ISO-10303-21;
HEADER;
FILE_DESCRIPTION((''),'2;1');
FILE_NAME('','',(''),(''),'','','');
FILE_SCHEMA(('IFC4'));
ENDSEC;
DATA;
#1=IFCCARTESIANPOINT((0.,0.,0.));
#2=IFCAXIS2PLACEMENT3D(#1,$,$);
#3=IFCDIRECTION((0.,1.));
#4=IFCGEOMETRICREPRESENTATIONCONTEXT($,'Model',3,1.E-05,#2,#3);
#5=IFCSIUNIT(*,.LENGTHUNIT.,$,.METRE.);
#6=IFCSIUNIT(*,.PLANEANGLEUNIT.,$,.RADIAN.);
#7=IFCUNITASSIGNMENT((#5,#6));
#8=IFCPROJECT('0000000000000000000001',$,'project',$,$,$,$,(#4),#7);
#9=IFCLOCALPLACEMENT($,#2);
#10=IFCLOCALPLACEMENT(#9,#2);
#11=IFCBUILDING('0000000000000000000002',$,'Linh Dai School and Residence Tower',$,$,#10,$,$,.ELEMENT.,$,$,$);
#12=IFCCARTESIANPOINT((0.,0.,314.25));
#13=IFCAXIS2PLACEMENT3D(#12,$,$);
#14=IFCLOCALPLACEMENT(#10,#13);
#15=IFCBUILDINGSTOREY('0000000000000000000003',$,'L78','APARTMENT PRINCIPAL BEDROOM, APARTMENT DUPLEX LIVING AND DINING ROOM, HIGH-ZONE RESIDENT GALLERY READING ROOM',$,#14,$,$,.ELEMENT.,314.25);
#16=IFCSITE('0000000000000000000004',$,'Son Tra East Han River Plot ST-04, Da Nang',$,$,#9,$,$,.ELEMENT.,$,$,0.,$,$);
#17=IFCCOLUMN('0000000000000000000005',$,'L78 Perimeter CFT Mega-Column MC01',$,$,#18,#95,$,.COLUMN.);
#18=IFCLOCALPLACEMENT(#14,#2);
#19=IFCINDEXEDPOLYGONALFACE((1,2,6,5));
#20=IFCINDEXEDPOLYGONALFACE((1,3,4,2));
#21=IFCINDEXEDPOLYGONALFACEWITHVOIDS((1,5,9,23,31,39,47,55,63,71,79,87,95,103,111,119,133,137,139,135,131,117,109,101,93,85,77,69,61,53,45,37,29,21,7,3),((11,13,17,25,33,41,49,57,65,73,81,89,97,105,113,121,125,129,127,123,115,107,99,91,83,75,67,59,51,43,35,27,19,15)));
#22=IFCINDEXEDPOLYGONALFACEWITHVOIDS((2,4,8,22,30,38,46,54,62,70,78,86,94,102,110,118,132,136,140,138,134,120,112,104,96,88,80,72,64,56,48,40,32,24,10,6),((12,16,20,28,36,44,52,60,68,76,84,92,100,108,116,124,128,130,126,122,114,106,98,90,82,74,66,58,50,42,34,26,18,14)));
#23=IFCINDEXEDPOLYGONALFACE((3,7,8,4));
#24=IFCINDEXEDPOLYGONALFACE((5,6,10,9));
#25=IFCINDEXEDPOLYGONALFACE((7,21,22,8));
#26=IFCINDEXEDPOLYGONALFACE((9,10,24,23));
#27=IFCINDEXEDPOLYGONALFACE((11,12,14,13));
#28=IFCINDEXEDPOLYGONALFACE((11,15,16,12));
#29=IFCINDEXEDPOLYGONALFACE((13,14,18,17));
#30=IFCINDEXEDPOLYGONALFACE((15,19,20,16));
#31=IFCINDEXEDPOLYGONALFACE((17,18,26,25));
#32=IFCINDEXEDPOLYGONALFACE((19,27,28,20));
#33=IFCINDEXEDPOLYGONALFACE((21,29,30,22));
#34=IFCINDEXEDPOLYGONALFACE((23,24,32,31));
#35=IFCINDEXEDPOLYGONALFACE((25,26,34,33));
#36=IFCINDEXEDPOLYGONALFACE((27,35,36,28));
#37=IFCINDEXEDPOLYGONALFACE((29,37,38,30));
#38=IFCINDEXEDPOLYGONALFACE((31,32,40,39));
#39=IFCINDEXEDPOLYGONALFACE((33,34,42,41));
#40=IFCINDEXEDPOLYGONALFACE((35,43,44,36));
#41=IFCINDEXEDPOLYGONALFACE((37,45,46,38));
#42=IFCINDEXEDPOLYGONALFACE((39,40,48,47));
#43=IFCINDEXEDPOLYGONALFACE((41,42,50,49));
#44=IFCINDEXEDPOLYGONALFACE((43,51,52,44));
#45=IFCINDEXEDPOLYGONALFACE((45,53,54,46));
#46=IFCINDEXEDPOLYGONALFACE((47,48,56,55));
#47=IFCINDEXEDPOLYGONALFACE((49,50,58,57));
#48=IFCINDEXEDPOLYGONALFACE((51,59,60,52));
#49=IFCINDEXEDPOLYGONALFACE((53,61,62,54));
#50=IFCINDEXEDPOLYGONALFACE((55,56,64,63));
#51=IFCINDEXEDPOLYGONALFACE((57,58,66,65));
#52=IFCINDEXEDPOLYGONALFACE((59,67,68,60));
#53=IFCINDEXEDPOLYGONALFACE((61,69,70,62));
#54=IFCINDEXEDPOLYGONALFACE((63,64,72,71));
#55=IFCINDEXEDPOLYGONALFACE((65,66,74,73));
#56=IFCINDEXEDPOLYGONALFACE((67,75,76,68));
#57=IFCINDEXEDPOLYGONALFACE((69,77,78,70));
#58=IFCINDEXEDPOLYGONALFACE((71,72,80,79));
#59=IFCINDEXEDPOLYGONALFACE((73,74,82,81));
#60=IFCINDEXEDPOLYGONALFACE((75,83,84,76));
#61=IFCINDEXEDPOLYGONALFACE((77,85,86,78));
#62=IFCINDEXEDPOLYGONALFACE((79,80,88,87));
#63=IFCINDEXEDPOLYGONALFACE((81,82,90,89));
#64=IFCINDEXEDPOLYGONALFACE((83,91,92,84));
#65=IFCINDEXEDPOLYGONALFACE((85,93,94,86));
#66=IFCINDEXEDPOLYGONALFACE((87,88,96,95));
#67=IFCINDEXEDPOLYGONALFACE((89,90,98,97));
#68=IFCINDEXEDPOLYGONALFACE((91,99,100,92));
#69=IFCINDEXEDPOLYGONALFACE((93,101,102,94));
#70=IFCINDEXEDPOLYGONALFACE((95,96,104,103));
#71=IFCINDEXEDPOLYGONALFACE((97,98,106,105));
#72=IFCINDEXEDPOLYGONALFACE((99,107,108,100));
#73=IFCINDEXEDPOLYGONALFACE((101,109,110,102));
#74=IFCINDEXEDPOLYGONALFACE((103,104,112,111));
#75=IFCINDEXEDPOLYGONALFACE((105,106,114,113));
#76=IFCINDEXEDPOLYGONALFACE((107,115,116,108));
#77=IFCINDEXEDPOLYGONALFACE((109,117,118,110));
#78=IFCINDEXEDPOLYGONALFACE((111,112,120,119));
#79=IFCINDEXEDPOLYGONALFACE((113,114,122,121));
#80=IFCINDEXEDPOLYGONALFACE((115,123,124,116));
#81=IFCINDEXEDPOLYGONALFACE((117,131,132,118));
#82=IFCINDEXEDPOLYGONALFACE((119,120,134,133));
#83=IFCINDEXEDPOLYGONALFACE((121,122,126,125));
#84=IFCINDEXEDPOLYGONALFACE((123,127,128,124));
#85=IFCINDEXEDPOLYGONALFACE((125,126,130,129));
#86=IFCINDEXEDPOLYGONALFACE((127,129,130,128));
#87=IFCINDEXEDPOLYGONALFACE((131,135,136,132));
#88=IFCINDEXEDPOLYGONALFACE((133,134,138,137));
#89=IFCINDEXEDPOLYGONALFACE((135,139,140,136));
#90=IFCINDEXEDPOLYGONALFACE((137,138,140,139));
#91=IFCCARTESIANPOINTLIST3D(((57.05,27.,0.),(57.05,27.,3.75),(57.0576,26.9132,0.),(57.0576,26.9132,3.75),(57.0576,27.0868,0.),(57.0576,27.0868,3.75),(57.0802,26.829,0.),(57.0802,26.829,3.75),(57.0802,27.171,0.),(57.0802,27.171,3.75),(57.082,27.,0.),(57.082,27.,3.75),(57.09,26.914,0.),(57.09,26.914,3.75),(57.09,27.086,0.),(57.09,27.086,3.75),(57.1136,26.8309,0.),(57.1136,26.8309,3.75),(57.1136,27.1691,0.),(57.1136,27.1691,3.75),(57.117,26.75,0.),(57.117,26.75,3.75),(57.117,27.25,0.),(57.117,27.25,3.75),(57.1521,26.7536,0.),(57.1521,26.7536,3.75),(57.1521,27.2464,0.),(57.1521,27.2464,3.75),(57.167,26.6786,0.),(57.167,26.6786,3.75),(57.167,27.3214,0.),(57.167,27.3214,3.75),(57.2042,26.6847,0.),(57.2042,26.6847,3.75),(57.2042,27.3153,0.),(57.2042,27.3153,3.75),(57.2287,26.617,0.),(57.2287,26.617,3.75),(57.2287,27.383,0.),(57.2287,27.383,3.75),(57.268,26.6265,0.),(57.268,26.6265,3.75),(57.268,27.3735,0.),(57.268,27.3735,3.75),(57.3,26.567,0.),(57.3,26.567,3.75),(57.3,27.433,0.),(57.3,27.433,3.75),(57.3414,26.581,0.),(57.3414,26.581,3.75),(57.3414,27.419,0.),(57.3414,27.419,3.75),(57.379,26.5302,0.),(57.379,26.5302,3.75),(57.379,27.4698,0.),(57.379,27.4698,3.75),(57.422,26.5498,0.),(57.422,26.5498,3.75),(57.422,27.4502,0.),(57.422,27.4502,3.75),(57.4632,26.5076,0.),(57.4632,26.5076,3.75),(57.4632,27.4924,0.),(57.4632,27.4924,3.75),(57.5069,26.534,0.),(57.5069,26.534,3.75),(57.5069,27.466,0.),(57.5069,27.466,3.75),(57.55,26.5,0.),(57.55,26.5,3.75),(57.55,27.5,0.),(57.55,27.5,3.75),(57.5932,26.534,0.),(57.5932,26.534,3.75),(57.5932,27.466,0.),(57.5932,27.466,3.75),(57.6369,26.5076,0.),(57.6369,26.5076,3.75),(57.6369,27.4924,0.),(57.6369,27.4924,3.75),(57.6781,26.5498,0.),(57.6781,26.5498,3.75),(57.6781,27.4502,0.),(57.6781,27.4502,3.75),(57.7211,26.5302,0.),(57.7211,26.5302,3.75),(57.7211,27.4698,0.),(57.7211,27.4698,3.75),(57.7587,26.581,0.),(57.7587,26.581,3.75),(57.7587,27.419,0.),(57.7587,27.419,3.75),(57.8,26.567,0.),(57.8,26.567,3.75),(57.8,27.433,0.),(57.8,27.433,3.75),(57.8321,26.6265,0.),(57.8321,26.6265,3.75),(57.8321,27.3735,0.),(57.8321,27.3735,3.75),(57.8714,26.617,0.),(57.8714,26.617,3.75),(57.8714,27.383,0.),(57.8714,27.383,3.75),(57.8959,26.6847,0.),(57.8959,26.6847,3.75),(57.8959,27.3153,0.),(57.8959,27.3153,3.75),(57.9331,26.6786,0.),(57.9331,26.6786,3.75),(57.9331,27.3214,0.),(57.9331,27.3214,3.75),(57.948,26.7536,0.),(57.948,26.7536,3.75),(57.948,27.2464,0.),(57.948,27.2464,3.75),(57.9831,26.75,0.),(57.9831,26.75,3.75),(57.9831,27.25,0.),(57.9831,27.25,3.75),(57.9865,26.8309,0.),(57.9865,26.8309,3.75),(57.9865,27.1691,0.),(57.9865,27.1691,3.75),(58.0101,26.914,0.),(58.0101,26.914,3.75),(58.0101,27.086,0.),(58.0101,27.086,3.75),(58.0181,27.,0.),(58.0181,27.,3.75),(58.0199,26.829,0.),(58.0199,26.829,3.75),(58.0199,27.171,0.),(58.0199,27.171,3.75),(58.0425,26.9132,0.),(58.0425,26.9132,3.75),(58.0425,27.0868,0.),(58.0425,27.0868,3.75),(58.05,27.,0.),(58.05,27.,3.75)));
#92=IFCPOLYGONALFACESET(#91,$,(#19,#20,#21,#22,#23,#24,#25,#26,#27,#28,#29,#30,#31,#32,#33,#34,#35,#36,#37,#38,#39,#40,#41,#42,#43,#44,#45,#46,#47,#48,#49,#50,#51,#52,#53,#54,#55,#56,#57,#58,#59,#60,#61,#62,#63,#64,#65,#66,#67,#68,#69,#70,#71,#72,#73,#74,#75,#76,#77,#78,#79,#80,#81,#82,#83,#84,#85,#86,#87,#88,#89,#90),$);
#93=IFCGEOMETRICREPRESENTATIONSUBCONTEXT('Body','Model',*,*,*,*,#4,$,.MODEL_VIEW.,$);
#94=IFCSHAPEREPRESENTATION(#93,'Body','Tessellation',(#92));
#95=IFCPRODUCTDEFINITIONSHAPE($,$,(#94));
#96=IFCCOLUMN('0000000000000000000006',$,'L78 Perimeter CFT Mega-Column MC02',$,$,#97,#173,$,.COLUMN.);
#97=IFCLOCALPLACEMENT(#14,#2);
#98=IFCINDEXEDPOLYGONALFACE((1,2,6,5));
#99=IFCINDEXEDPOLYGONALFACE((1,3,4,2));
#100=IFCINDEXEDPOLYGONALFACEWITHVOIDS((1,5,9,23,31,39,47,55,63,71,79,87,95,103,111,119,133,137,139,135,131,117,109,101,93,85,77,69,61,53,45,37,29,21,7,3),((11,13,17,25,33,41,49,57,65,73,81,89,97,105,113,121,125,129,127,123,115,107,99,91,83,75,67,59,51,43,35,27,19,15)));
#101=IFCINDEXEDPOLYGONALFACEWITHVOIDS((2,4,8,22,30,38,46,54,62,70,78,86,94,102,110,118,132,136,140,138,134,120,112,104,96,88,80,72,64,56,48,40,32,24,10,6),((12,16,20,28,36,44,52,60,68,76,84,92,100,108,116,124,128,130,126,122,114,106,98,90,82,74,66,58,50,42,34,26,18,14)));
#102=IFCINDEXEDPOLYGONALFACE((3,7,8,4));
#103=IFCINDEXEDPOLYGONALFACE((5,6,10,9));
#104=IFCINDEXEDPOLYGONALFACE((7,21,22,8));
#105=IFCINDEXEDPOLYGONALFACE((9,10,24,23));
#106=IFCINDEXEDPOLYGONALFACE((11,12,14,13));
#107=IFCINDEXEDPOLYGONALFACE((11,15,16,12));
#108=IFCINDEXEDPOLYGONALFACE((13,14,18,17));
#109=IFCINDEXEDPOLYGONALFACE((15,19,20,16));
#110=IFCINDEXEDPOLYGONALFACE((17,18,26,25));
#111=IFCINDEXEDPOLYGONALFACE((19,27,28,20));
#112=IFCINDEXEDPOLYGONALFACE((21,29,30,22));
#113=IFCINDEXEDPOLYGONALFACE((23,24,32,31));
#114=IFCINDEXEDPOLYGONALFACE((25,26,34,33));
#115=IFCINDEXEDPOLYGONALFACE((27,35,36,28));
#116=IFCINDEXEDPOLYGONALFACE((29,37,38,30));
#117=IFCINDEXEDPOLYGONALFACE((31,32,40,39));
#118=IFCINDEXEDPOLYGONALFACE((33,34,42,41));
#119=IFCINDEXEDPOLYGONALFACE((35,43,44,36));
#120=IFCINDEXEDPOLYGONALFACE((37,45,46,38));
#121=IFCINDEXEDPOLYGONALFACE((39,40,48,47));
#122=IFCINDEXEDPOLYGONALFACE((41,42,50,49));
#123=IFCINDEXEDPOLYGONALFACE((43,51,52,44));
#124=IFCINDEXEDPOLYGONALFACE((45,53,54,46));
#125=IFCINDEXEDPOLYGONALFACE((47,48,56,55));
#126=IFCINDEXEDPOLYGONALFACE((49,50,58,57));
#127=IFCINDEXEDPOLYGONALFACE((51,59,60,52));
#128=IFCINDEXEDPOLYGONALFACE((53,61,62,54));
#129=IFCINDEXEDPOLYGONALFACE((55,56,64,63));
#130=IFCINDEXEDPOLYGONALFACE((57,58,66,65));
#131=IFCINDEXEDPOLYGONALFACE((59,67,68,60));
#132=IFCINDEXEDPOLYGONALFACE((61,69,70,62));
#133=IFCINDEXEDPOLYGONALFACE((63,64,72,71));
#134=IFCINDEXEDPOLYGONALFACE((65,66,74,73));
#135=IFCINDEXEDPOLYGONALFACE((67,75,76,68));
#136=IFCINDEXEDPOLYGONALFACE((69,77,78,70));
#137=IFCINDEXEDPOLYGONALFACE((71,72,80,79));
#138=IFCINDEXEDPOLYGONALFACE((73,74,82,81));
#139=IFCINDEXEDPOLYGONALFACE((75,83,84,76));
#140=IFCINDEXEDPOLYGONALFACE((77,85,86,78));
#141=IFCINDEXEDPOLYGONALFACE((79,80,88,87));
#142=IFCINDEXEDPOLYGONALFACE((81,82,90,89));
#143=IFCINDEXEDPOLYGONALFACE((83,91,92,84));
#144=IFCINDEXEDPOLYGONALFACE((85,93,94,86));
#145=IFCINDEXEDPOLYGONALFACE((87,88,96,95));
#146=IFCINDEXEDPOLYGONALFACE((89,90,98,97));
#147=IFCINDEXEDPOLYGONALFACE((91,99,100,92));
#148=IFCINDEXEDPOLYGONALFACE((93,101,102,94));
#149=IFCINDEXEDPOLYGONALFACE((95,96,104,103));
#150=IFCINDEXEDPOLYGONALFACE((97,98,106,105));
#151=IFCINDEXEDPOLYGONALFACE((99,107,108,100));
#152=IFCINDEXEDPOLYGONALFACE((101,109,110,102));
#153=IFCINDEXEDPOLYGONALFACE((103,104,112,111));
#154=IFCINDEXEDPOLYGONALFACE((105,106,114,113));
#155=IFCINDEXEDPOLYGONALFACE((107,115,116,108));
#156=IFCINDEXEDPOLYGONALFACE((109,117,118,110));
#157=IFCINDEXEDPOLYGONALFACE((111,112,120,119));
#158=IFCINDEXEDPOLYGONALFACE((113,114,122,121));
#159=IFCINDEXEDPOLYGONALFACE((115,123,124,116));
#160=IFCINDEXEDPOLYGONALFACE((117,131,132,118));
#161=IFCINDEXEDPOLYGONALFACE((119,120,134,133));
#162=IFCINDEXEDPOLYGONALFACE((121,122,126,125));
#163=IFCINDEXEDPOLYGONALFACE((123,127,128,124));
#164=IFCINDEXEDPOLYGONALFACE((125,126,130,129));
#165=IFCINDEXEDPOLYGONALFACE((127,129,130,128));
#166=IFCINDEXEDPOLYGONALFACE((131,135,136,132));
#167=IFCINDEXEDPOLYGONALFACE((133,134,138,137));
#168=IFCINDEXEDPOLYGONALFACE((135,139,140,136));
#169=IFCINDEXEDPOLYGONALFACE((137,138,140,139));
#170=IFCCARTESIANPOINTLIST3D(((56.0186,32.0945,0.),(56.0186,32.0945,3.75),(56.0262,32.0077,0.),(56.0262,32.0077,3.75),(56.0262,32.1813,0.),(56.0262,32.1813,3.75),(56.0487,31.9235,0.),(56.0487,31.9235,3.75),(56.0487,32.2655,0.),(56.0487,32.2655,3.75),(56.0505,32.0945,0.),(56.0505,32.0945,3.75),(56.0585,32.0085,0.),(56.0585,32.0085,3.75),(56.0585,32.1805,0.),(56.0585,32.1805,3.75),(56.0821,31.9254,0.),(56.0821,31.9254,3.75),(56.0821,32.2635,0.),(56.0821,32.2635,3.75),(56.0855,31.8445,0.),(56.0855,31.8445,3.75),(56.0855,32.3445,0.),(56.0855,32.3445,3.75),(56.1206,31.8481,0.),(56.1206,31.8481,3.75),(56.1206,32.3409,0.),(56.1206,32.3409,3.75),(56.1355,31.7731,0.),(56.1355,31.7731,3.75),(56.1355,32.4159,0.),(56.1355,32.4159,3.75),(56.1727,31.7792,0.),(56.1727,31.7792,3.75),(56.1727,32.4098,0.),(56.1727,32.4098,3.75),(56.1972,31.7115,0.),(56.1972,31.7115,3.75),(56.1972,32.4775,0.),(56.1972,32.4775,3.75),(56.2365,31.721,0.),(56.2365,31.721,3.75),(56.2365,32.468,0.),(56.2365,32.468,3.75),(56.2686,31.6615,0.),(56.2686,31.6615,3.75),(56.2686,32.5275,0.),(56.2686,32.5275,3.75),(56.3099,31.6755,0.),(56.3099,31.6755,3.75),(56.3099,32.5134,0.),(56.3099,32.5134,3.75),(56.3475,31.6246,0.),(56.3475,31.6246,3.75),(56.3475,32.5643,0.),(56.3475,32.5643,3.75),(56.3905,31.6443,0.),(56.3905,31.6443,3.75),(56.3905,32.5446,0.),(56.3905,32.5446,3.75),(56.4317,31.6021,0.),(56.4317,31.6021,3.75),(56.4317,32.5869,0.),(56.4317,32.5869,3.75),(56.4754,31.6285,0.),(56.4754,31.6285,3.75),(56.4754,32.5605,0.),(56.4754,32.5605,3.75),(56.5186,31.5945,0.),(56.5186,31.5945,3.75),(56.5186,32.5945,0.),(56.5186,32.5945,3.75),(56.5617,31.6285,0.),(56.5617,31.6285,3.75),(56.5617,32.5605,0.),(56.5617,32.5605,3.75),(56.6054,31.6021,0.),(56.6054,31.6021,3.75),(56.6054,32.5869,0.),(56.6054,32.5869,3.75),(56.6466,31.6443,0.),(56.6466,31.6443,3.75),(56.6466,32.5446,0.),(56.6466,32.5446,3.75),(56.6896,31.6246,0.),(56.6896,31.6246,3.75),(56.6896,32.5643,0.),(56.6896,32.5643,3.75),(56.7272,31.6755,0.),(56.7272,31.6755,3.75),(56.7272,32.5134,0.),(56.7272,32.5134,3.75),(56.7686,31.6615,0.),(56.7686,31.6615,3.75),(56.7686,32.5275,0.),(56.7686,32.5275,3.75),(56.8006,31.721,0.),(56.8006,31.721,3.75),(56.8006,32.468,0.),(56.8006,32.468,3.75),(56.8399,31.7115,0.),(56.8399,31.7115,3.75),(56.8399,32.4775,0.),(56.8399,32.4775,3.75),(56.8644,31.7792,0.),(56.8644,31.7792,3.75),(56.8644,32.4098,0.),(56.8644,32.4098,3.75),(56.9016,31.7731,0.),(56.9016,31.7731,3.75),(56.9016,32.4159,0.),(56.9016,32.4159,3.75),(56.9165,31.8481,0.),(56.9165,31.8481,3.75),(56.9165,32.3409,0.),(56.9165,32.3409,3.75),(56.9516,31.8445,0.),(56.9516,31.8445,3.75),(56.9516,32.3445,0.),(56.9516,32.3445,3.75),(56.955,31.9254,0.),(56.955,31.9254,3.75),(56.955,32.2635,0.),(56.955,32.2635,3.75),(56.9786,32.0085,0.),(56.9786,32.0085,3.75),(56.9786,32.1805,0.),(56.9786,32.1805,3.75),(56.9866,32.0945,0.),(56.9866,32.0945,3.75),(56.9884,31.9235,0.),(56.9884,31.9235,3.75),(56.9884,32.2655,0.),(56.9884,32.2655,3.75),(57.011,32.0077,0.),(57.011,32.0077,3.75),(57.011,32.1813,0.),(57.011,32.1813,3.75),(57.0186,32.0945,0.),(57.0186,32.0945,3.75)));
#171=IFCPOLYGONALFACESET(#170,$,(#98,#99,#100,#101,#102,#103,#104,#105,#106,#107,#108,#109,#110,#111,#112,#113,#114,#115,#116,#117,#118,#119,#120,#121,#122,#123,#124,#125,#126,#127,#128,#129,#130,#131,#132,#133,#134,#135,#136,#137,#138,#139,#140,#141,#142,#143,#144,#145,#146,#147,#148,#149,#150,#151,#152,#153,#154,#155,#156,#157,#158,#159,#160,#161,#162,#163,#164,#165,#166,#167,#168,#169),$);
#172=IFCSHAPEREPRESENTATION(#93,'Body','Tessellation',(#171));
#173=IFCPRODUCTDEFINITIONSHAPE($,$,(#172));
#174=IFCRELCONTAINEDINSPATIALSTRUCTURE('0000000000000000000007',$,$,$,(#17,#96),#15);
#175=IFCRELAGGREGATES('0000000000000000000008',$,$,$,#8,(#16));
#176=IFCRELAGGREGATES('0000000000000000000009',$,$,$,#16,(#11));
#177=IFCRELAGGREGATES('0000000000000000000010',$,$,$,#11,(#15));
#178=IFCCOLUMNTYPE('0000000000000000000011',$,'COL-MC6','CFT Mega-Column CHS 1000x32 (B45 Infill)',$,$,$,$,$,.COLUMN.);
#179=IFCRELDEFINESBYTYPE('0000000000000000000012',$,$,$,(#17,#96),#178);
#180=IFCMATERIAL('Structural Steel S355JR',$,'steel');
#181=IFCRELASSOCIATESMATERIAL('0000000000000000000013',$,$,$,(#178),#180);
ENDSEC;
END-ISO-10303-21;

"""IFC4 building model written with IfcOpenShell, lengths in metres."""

from ifc_helpers import new_model, si_unit, direction, frame, origin, origin_2d, place, context, subcontext, project, spatial, hollow_circle, extrude, material, material_profile, profile_set, type_object, element, save


model = new_model("IFC4")

# Units and contexts
model_context = context("Model", 3, precision=1e-05, world=origin(), true_north=direction((0.0, 1.0)))
body_context = subcontext(model_context, "Body", "Model", "MODEL_VIEW")
ifc_project = project(units=[si_unit("LENGTHUNIT", "METRE"), si_unit("PLANEANGLEUNIT", "RADIAN")], contexts=[model_context])

# Site, building, storey
site_placement = place(None, origin())
site = spatial("IfcSite", under=ifc_project, at=site_placement, Name="Son Tra East Han River Plot ST-04, Da Nang", CompositionType="ELEMENT", RefElevation=0.0)
building_placement = place(site_placement, origin())
building = spatial("IfcBuilding", under=site, at=building_placement, Name="Linh Dai School and Residence Tower", CompositionType="ELEMENT")
storey_placement = place(building_placement, frame((0.0, 0.0, 314.25)))
storey = spatial("IfcBuildingStorey", under=building, at=storey_placement, Name="L78", Description="APARTMENT PRINCIPAL BEDROOM, APARTMENT DUPLEX LIVING AND DINING ROOM, HIGH-ZONE RESIDENT GALLERY READING ROOM", CompositionType="ELEMENT", Elevation=314.25)

# Columns
ifc_material_1 = material(Name="Structural Steel S355JR", Category="steel")
ifc_material_profile_1 = material_profile(ifc_material_1, hollow_circle(Radius=0.5, WallThickness=0.032, at=origin_2d()), Name="CHS 1000x32")
ifc_profile_set_1 = profile_set([ifc_material_profile_1], Name="Structural Steel S355JR")
column_type = type_object("IfcColumnType", Name="COL-MC6", Description="CFT Mega-Column CHS 1000x32 (B45 Infill)", PredefinedType="COLUMN", material=ifc_profile_set_1)
for number, where, z_axis, x_axis, name in (
    (1, (57.55, 27.0, 0.0), (0.0, 0.0, 1.0), (1.0, 0.0, 0.0), "L78 Perimeter CFT Mega-Column MC01"),
    (2, (56.5186, 32.0945, 0.0), (0.0, 0.0, 1.0), (1.0, 0.0, 0.0), "L78 Perimeter CFT Mega-Column MC02"),
):
    element("IfcColumn", number, at=place(storey_placement, frame(where, z_axis=z_axis, x_axis=x_axis)), inside=storey, type_object=column_type, Name=name, PredefinedType="COLUMN", context=body_context, shape_type="SweptSolid", body=[
        extrude(hollow_circle(Radius=0.5, WallThickness=0.032, at=origin_2d()), origin(), (0.0, 0.0, 1.0), 3.75),
    ])

save(model, "model.ifc")
